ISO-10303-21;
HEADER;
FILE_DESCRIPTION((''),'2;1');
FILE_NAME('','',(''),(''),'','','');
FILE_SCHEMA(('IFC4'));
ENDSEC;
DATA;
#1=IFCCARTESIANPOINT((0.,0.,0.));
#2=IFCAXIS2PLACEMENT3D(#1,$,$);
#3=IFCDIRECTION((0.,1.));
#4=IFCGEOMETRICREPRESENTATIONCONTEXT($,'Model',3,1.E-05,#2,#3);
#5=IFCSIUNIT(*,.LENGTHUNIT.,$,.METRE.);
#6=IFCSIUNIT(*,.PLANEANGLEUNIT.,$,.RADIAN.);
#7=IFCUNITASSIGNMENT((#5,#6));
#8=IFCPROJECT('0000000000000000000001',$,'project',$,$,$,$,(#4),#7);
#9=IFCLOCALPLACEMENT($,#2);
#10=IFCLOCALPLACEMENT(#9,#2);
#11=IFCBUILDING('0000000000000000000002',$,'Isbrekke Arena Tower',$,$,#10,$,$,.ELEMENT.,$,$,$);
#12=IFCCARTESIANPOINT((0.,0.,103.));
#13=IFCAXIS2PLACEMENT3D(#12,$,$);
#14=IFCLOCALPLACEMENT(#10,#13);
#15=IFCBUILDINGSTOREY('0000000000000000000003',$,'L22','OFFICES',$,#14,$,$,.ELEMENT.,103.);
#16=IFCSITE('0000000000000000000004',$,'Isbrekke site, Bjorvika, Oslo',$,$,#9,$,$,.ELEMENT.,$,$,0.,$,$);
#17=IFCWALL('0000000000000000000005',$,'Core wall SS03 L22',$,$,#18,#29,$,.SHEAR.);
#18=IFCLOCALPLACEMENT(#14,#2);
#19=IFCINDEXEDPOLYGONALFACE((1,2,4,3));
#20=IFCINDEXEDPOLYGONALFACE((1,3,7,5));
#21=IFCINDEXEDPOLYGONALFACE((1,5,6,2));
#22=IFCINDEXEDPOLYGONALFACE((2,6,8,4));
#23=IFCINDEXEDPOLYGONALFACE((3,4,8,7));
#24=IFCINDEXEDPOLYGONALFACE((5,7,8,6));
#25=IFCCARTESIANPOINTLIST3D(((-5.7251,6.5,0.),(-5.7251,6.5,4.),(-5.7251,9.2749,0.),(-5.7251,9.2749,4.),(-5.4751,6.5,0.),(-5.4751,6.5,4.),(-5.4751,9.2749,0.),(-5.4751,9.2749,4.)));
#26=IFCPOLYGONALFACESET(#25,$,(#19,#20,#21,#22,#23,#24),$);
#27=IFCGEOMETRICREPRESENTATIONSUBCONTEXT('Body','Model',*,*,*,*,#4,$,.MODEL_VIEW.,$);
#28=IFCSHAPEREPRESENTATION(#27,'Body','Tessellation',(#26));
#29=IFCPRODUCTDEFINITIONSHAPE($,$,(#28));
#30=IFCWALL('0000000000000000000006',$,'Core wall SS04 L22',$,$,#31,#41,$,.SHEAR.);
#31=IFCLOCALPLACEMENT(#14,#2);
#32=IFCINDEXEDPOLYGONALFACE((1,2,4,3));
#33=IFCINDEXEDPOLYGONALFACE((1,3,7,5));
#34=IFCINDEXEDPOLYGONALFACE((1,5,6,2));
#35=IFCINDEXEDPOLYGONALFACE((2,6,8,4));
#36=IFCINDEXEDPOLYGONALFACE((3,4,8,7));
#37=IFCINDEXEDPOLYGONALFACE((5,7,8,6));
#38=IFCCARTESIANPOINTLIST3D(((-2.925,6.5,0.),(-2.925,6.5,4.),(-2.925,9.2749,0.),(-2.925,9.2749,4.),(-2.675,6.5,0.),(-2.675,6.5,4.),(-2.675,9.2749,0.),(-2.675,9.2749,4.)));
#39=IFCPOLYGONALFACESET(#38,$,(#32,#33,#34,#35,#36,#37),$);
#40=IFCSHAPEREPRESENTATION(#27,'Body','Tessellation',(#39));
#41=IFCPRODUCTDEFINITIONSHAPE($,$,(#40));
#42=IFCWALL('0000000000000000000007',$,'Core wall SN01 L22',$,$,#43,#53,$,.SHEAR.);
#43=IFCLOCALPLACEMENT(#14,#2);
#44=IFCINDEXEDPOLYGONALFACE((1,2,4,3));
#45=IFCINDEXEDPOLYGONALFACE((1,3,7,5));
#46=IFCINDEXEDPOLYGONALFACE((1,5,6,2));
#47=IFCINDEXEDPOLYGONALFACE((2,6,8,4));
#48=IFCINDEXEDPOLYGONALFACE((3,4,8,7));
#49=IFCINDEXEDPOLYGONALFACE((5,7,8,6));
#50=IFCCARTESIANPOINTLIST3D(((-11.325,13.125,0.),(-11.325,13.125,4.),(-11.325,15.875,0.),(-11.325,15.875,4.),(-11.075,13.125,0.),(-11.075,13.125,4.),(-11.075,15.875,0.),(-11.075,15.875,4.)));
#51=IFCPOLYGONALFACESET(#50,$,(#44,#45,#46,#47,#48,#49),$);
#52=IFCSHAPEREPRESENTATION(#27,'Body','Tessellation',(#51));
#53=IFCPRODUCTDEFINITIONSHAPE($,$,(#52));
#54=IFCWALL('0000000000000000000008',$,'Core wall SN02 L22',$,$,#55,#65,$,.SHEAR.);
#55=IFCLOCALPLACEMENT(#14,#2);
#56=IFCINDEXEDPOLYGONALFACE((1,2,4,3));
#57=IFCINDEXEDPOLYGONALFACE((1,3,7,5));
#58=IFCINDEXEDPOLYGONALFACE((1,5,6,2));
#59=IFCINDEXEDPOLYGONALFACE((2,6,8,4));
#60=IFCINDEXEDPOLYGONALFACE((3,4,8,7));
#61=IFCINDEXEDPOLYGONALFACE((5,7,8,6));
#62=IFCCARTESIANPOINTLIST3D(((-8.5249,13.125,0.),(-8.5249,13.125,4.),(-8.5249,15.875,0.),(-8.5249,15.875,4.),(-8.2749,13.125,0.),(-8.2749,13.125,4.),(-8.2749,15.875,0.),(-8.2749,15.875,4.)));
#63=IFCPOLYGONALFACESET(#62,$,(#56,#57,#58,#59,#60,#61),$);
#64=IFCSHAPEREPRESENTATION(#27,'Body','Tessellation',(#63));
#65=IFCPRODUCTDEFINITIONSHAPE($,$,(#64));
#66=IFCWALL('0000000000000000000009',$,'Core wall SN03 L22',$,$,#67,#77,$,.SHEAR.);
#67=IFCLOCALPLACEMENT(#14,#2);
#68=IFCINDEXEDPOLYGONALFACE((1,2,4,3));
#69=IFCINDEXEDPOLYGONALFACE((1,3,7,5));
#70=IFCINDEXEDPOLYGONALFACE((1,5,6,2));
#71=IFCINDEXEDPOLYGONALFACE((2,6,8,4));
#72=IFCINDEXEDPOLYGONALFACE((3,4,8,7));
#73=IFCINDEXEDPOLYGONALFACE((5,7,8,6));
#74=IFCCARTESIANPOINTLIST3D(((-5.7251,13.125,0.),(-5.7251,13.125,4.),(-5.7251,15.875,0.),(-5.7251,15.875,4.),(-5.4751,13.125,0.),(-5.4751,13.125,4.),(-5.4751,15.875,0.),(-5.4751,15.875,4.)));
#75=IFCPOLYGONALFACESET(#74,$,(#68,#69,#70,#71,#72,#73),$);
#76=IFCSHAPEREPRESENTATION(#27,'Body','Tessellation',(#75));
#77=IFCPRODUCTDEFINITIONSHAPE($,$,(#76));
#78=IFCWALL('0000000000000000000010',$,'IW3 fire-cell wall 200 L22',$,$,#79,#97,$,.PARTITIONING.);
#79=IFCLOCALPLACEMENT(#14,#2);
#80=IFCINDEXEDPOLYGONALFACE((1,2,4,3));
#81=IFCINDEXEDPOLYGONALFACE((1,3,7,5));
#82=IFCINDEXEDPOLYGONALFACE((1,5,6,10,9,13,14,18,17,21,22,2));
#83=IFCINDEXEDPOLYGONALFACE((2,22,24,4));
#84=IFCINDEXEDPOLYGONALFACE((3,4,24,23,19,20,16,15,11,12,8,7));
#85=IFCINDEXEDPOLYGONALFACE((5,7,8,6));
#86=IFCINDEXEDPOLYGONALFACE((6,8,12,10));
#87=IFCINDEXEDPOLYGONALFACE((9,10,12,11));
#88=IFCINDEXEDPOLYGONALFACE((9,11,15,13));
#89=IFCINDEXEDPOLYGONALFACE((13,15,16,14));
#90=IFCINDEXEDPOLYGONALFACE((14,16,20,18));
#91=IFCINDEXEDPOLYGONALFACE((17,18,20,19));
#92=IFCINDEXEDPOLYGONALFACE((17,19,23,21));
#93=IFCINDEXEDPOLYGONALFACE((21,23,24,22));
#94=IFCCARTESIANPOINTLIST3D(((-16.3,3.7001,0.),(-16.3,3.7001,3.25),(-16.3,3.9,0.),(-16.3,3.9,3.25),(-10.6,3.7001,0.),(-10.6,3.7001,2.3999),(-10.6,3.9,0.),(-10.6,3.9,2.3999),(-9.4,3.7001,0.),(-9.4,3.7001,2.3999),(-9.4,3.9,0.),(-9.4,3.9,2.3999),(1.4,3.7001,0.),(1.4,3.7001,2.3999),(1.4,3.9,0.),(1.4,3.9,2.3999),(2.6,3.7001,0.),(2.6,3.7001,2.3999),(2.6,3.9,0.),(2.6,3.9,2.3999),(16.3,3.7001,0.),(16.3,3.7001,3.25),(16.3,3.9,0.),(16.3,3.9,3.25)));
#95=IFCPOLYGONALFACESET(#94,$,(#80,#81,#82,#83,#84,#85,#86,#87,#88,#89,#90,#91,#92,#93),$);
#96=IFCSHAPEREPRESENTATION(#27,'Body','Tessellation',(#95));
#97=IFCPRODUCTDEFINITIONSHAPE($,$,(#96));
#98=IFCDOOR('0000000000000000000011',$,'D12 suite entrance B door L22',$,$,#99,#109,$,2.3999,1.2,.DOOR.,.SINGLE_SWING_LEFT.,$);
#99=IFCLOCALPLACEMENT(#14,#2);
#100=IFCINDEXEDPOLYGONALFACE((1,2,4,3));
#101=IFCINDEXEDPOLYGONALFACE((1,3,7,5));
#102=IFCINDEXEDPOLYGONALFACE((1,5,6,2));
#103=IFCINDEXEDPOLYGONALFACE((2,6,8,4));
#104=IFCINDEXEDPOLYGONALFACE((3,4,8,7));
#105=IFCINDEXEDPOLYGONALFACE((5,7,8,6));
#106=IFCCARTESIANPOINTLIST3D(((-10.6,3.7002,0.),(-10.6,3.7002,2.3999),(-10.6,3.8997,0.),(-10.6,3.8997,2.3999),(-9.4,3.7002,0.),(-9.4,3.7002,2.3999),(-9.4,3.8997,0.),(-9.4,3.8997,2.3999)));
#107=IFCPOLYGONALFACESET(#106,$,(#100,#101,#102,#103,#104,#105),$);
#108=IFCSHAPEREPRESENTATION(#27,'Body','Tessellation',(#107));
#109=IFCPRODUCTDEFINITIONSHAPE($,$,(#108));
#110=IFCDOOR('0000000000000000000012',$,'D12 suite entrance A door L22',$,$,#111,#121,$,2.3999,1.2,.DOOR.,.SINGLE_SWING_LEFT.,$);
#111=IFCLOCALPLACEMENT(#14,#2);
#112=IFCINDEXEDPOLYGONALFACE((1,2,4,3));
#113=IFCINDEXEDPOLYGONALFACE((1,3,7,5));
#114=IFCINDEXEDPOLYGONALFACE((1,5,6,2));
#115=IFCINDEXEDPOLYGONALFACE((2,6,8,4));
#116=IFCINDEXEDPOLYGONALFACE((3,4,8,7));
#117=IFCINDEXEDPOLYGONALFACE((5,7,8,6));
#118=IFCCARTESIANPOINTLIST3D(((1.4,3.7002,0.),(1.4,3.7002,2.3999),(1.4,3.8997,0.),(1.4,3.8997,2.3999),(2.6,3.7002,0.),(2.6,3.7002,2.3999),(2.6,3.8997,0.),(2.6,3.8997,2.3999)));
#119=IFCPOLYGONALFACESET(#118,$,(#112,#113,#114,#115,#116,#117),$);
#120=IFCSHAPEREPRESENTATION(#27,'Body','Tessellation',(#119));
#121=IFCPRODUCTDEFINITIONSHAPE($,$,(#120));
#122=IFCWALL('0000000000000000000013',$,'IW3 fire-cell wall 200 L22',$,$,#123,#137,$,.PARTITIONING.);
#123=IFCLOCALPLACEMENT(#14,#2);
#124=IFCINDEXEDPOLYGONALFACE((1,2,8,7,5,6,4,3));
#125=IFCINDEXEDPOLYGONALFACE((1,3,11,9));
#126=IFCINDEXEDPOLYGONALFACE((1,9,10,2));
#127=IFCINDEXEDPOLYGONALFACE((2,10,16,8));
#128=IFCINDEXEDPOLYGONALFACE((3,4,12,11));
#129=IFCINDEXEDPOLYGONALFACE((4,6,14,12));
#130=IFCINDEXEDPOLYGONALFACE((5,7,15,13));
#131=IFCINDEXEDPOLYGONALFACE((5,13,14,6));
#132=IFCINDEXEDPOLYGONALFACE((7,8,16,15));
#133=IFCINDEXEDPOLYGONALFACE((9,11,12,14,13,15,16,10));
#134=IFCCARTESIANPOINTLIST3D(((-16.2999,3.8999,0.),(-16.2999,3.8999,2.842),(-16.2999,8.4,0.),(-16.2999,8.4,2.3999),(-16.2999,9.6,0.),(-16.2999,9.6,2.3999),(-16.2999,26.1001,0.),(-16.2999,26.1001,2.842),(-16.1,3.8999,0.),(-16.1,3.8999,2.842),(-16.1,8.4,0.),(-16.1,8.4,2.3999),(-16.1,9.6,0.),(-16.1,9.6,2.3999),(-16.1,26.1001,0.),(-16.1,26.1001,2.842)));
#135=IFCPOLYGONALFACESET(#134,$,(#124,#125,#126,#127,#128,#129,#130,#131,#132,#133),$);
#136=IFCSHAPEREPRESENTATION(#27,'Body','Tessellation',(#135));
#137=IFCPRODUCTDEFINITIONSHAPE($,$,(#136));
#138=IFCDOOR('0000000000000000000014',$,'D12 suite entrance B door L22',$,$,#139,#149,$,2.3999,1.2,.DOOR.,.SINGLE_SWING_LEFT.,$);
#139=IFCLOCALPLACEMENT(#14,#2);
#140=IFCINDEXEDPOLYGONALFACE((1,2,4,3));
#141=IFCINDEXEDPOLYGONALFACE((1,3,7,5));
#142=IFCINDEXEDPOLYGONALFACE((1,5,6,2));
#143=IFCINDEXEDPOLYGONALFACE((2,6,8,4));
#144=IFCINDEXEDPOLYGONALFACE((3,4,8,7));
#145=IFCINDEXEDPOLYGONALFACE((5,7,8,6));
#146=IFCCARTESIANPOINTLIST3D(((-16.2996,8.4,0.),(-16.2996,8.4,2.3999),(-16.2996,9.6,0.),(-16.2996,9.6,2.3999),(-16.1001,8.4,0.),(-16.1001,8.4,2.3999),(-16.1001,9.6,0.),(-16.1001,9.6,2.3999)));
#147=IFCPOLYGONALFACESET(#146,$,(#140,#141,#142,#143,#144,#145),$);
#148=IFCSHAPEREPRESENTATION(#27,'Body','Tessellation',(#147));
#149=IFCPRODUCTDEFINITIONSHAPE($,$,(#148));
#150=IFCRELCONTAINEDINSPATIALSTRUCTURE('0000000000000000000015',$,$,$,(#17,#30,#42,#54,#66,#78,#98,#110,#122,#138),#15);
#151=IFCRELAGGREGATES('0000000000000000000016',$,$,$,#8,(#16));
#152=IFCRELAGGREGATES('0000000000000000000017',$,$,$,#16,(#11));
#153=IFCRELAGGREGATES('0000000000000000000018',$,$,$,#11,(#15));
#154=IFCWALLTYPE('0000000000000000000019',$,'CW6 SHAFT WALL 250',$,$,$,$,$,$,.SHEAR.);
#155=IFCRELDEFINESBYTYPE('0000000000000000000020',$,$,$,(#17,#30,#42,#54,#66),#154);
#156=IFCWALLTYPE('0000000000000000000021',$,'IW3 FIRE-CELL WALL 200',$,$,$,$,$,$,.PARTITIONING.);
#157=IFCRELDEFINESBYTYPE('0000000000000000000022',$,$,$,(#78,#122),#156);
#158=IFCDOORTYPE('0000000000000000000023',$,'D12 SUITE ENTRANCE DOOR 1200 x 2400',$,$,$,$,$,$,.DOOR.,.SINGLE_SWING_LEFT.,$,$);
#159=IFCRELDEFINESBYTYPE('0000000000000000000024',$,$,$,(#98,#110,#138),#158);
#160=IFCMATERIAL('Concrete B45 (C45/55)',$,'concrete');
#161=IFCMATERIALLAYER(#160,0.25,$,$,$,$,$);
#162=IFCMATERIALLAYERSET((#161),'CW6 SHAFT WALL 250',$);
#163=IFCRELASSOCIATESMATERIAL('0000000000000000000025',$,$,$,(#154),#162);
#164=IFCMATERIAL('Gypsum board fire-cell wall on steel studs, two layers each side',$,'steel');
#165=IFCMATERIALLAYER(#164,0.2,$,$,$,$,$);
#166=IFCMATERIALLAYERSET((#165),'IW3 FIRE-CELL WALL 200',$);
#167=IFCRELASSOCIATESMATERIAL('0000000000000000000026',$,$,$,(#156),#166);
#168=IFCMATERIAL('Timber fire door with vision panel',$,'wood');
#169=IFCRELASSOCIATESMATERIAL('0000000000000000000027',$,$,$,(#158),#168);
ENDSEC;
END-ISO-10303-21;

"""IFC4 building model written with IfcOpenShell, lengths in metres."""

from ifc_helpers import new_model, si_unit, direction, frame, frame_2d, origin, place, context, subcontext, project, spatial, rectangle, extrude, material, layer, layer_set, type_object, element, fill, save


model = new_model("IFC4")

# Units and contexts
model_context = context("Model", 3, precision=1e-05, world=origin(), true_north=direction((0.0, 1.0)))
body_context = subcontext(model_context, "Body", "Model", "MODEL_VIEW")
ifc_project = project(units=[si_unit("LENGTHUNIT", "METRE"), si_unit("PLANEANGLEUNIT", "RADIAN")], contexts=[model_context])

# Site, building, storey
site_placement = place(None, origin())
site = spatial("IfcSite", under=ifc_project, at=site_placement, Name="Isbrekke site, Bjorvika, Oslo", CompositionType="ELEMENT", RefElevation=0.0)
building_placement = place(site_placement, origin())
building = spatial("IfcBuilding", under=site, at=building_placement, Name="Isbrekke Arena Tower", CompositionType="ELEMENT")
storey_placement = place(building_placement, frame((0.0, 0.0, 103.0)))
storey = spatial("IfcBuildingStorey", under=building, at=storey_placement, Name="L22", Description="OFFICES", CompositionType="ELEMENT", Elevation=103.0)

# Shared definitions
ifc_material_1 = material(Name="Concrete B45 (C45/55)", Category="concrete")
ifc_layer_1 = layer(ifc_material_1, 0.25)
ifc_layer_set_1 = layer_set([ifc_layer_1], Name="CW6 SHAFT WALL 250")
wall_type_1 = type_object("IfcWallType", Name="CW6 SHAFT WALL 250", PredefinedType="SHEAR", material=ifc_layer_set_1)

# Walls
for number, where, z_axis, x_axis, name in (
    (1, (-5.6001, 6.5, 0.0), (0.0, 0.0, 1.0), (0.0, 1.0, 0.0), "Core wall SS03 L22"),
    (2, (-2.8, 6.5, 0.0), (0.0, 0.0, 1.0), (0.0, 1.0, 0.0), "Core wall SS04 L22"),
):
    element("IfcWall", number, at=place(storey_placement, frame(where, z_axis=z_axis, x_axis=x_axis)), inside=storey, type_object=wall_type_1, Name=name, PredefinedType="SHEAR", context=body_context, shape_type="SweptSolid", body=[
        extrude(rectangle(XDim=2.7749, YDim=0.25, at=frame_2d((1.3875, 0.0))), origin(), (0.0, 0.0, 1.0), 4.0),
    ])
for number, where, z_axis, x_axis, name in (
    (3, (-11.2, 13.125, 0.0), (0.0, 0.0, 1.0), (0.0, 1.0, 0.0), "Core wall SN01 L22"),
    (4, (-8.3999, 13.125, 0.0), (0.0, 0.0, 1.0), (0.0, 1.0, 0.0), "Core wall SN02 L22"),
    (5, (-5.6001, 13.125, 0.0), (0.0, 0.0, 1.0), (0.0, 1.0, 0.0), "Core wall SN03 L22"),
):
    element("IfcWall", number, at=place(storey_placement, frame(where, z_axis=z_axis, x_axis=x_axis)), inside=storey, type_object=wall_type_1, Name=name, PredefinedType="SHEAR", context=body_context, shape_type="SweptSolid", body=[
        extrude(rectangle(XDim=2.75, YDim=0.25, at=frame_2d((1.375, 0.0))), origin(), (0.0, 0.0, 1.0), 4.0),
    ])

# Wall, openings, doors
ifc_material_2 = material(Name="Gypsum board fire-cell wall on steel studs, two layers each side", Category="steel")
ifc_layer_2 = layer(ifc_material_2, 0.2)
ifc_layer_set_2 = layer_set([ifc_layer_2], Name="IW3 FIRE-CELL WALL 200")
wall_type_2 = type_object("IfcWallType", Name="IW3 FIRE-CELL WALL 200", PredefinedType="PARTITIONING", material=ifc_layer_set_2)
wall_1_placement = place(storey_placement, frame((-16.3, 3.8, 0.0), z_axis=(0.0, 0.0, 1.0), x_axis=(1.0, 0.0, 0.0)))
wall_1 = element("IfcWall", 6, at=wall_1_placement, inside=storey, type_object=wall_type_2, Name="IW3 fire-cell wall 200 L22", PredefinedType="PARTITIONING", context=body_context, shape_type="SweptSolid", body=[
    extrude(rectangle(XDim=32.6001, YDim=0.2, at=frame_2d((16.3, 0.0))), origin(), (0.0, 0.0, 1.0), 3.25),
])
opening_1_placement = place(wall_1_placement, frame((5.7, 0.0, 0.0)))
opening_1 = element("IfcOpeningElement", 7, at=opening_1_placement, cuts=wall_1, PredefinedType="OPENING", context=body_context, shape_type="SweptSolid", body=[
    extrude(rectangle(XDim=1.2, YDim=2.3999, at=frame_2d((0.6001, 1.2))), frame((0.0, 0.1147, 0.0), z_axis=(0.0, -1.0, 0.0), x_axis=(1.0, 0.0, 0.0)), (0.0, 0.0, 1.0), 0.2297),
])
opening_2_placement = place(wall_1_placement, frame((17.7, 0.0, 0.0)))
opening_2 = element("IfcOpeningElement", 8, at=opening_2_placement, cuts=wall_1, PredefinedType="OPENING", context=body_context, shape_type="SweptSolid", body=[
    extrude(rectangle(XDim=1.2, YDim=2.3999, at=frame_2d((0.6001, 1.2))), frame((0.0, 0.1147, 0.0), z_axis=(0.0, -1.0, 0.0), x_axis=(1.0, 0.0, 0.0)), (0.0, 0.0, 1.0), 0.2297),
])
ifc_material_3 = material(Name="Timber fire door with vision panel", Category="wood")
door_type_1 = type_object("IfcDoorType", Name="D12 SUITE ENTRANCE DOOR 1200 x 2400", OperationType="SINGLE_SWING_LEFT", PredefinedType="DOOR", material=ifc_material_3)
door_1_placement = place(opening_1_placement, origin())
door_1 = element("IfcDoor", 9, at=door_1_placement, inside=storey, type_object=door_type_1, Name="D12 suite entrance B door L22", OperationType="SINGLE_SWING_LEFT", OverallHeight=2.3999, OverallWidth=1.2, PredefinedType="DOOR", context=body_context, shape_type="SweptSolid", body=[
    extrude(rectangle(XDim=1.2, YDim=2.3999, at=frame_2d((0.6001, 1.2))), frame((0.0, 0.0996, 0.0), z_axis=(0.0, -1.0, 0.0), x_axis=(1.0, 0.0, 0.0)), (0.0, 0.0, 1.0), 0.1995),
])
fill(opening_1, door_1)
door_2_placement = place(opening_2_placement, origin())
door_2 = element("IfcDoor", 10, at=door_2_placement, inside=storey, type_object=door_type_1, Name="D12 suite entrance A door L22", OperationType="SINGLE_SWING_LEFT", OverallHeight=2.3999, OverallWidth=1.2, PredefinedType="DOOR", context=body_context, shape_type="SweptSolid", body=[
    extrude(rectangle(XDim=1.2, YDim=2.3999, at=frame_2d((0.6001, 1.2))), frame((0.0, 0.0996, 0.0), z_axis=(0.0, -1.0, 0.0), x_axis=(1.0, 0.0, 0.0)), (0.0, 0.0, 1.0), 0.1995),
])
fill(opening_2, door_2)

# Wall, opening, door
wall_2_placement = place(storey_placement, frame((-16.2, 3.8999, 0.0), z_axis=(0.0, 0.0, 1.0), x_axis=(0.0, 1.0, 0.0)))
wall_2 = element("IfcWall", 11, at=wall_2_placement, inside=storey, type_object=wall_type_2, Name="IW3 fire-cell wall 200 L22", PredefinedType="PARTITIONING", context=body_context, shape_type="SweptSolid", body=[
    extrude(rectangle(XDim=22.2002, YDim=0.2, at=frame_2d((11.1001, 0.0))), origin(), (0.0, 0.0, 1.0), 2.842),
])
opening_3_placement = place(wall_2_placement, frame((4.5, 0.0, 0.0)))
opening_3 = element("IfcOpeningElement", 12, at=opening_3_placement, cuts=wall_2, PredefinedType="OPENING", context=body_context, shape_type="SweptSolid", body=[
    extrude(rectangle(XDim=1.2, YDim=2.3999, at=frame_2d((0.6001, 1.2))), frame((0.0, 0.1147, 0.0), z_axis=(0.0, -1.0, 0.0), x_axis=(1.0, 0.0, 0.0)), (0.0, 0.0, 1.0), 0.2297),
])
door_3_placement = place(opening_3_placement, origin())
door_3 = element("IfcDoor", 13, at=door_3_placement, inside=storey, type_object=door_type_1, Name="D12 suite entrance B door L22", OperationType="SINGLE_SWING_LEFT", OverallHeight=2.3999, OverallWidth=1.2, PredefinedType="DOOR", context=body_context, shape_type="SweptSolid", body=[
    extrude(rectangle(XDim=1.2, YDim=2.3999, at=frame_2d((0.6001, 1.2))), frame((0.0, 0.0996, 0.0), z_axis=(0.0, -1.0, 0.0), x_axis=(1.0, 0.0, 0.0)), (0.0, 0.0, 1.0), 0.1995),
])
fill(opening_3, door_3)

save(model, "model.ifc")
